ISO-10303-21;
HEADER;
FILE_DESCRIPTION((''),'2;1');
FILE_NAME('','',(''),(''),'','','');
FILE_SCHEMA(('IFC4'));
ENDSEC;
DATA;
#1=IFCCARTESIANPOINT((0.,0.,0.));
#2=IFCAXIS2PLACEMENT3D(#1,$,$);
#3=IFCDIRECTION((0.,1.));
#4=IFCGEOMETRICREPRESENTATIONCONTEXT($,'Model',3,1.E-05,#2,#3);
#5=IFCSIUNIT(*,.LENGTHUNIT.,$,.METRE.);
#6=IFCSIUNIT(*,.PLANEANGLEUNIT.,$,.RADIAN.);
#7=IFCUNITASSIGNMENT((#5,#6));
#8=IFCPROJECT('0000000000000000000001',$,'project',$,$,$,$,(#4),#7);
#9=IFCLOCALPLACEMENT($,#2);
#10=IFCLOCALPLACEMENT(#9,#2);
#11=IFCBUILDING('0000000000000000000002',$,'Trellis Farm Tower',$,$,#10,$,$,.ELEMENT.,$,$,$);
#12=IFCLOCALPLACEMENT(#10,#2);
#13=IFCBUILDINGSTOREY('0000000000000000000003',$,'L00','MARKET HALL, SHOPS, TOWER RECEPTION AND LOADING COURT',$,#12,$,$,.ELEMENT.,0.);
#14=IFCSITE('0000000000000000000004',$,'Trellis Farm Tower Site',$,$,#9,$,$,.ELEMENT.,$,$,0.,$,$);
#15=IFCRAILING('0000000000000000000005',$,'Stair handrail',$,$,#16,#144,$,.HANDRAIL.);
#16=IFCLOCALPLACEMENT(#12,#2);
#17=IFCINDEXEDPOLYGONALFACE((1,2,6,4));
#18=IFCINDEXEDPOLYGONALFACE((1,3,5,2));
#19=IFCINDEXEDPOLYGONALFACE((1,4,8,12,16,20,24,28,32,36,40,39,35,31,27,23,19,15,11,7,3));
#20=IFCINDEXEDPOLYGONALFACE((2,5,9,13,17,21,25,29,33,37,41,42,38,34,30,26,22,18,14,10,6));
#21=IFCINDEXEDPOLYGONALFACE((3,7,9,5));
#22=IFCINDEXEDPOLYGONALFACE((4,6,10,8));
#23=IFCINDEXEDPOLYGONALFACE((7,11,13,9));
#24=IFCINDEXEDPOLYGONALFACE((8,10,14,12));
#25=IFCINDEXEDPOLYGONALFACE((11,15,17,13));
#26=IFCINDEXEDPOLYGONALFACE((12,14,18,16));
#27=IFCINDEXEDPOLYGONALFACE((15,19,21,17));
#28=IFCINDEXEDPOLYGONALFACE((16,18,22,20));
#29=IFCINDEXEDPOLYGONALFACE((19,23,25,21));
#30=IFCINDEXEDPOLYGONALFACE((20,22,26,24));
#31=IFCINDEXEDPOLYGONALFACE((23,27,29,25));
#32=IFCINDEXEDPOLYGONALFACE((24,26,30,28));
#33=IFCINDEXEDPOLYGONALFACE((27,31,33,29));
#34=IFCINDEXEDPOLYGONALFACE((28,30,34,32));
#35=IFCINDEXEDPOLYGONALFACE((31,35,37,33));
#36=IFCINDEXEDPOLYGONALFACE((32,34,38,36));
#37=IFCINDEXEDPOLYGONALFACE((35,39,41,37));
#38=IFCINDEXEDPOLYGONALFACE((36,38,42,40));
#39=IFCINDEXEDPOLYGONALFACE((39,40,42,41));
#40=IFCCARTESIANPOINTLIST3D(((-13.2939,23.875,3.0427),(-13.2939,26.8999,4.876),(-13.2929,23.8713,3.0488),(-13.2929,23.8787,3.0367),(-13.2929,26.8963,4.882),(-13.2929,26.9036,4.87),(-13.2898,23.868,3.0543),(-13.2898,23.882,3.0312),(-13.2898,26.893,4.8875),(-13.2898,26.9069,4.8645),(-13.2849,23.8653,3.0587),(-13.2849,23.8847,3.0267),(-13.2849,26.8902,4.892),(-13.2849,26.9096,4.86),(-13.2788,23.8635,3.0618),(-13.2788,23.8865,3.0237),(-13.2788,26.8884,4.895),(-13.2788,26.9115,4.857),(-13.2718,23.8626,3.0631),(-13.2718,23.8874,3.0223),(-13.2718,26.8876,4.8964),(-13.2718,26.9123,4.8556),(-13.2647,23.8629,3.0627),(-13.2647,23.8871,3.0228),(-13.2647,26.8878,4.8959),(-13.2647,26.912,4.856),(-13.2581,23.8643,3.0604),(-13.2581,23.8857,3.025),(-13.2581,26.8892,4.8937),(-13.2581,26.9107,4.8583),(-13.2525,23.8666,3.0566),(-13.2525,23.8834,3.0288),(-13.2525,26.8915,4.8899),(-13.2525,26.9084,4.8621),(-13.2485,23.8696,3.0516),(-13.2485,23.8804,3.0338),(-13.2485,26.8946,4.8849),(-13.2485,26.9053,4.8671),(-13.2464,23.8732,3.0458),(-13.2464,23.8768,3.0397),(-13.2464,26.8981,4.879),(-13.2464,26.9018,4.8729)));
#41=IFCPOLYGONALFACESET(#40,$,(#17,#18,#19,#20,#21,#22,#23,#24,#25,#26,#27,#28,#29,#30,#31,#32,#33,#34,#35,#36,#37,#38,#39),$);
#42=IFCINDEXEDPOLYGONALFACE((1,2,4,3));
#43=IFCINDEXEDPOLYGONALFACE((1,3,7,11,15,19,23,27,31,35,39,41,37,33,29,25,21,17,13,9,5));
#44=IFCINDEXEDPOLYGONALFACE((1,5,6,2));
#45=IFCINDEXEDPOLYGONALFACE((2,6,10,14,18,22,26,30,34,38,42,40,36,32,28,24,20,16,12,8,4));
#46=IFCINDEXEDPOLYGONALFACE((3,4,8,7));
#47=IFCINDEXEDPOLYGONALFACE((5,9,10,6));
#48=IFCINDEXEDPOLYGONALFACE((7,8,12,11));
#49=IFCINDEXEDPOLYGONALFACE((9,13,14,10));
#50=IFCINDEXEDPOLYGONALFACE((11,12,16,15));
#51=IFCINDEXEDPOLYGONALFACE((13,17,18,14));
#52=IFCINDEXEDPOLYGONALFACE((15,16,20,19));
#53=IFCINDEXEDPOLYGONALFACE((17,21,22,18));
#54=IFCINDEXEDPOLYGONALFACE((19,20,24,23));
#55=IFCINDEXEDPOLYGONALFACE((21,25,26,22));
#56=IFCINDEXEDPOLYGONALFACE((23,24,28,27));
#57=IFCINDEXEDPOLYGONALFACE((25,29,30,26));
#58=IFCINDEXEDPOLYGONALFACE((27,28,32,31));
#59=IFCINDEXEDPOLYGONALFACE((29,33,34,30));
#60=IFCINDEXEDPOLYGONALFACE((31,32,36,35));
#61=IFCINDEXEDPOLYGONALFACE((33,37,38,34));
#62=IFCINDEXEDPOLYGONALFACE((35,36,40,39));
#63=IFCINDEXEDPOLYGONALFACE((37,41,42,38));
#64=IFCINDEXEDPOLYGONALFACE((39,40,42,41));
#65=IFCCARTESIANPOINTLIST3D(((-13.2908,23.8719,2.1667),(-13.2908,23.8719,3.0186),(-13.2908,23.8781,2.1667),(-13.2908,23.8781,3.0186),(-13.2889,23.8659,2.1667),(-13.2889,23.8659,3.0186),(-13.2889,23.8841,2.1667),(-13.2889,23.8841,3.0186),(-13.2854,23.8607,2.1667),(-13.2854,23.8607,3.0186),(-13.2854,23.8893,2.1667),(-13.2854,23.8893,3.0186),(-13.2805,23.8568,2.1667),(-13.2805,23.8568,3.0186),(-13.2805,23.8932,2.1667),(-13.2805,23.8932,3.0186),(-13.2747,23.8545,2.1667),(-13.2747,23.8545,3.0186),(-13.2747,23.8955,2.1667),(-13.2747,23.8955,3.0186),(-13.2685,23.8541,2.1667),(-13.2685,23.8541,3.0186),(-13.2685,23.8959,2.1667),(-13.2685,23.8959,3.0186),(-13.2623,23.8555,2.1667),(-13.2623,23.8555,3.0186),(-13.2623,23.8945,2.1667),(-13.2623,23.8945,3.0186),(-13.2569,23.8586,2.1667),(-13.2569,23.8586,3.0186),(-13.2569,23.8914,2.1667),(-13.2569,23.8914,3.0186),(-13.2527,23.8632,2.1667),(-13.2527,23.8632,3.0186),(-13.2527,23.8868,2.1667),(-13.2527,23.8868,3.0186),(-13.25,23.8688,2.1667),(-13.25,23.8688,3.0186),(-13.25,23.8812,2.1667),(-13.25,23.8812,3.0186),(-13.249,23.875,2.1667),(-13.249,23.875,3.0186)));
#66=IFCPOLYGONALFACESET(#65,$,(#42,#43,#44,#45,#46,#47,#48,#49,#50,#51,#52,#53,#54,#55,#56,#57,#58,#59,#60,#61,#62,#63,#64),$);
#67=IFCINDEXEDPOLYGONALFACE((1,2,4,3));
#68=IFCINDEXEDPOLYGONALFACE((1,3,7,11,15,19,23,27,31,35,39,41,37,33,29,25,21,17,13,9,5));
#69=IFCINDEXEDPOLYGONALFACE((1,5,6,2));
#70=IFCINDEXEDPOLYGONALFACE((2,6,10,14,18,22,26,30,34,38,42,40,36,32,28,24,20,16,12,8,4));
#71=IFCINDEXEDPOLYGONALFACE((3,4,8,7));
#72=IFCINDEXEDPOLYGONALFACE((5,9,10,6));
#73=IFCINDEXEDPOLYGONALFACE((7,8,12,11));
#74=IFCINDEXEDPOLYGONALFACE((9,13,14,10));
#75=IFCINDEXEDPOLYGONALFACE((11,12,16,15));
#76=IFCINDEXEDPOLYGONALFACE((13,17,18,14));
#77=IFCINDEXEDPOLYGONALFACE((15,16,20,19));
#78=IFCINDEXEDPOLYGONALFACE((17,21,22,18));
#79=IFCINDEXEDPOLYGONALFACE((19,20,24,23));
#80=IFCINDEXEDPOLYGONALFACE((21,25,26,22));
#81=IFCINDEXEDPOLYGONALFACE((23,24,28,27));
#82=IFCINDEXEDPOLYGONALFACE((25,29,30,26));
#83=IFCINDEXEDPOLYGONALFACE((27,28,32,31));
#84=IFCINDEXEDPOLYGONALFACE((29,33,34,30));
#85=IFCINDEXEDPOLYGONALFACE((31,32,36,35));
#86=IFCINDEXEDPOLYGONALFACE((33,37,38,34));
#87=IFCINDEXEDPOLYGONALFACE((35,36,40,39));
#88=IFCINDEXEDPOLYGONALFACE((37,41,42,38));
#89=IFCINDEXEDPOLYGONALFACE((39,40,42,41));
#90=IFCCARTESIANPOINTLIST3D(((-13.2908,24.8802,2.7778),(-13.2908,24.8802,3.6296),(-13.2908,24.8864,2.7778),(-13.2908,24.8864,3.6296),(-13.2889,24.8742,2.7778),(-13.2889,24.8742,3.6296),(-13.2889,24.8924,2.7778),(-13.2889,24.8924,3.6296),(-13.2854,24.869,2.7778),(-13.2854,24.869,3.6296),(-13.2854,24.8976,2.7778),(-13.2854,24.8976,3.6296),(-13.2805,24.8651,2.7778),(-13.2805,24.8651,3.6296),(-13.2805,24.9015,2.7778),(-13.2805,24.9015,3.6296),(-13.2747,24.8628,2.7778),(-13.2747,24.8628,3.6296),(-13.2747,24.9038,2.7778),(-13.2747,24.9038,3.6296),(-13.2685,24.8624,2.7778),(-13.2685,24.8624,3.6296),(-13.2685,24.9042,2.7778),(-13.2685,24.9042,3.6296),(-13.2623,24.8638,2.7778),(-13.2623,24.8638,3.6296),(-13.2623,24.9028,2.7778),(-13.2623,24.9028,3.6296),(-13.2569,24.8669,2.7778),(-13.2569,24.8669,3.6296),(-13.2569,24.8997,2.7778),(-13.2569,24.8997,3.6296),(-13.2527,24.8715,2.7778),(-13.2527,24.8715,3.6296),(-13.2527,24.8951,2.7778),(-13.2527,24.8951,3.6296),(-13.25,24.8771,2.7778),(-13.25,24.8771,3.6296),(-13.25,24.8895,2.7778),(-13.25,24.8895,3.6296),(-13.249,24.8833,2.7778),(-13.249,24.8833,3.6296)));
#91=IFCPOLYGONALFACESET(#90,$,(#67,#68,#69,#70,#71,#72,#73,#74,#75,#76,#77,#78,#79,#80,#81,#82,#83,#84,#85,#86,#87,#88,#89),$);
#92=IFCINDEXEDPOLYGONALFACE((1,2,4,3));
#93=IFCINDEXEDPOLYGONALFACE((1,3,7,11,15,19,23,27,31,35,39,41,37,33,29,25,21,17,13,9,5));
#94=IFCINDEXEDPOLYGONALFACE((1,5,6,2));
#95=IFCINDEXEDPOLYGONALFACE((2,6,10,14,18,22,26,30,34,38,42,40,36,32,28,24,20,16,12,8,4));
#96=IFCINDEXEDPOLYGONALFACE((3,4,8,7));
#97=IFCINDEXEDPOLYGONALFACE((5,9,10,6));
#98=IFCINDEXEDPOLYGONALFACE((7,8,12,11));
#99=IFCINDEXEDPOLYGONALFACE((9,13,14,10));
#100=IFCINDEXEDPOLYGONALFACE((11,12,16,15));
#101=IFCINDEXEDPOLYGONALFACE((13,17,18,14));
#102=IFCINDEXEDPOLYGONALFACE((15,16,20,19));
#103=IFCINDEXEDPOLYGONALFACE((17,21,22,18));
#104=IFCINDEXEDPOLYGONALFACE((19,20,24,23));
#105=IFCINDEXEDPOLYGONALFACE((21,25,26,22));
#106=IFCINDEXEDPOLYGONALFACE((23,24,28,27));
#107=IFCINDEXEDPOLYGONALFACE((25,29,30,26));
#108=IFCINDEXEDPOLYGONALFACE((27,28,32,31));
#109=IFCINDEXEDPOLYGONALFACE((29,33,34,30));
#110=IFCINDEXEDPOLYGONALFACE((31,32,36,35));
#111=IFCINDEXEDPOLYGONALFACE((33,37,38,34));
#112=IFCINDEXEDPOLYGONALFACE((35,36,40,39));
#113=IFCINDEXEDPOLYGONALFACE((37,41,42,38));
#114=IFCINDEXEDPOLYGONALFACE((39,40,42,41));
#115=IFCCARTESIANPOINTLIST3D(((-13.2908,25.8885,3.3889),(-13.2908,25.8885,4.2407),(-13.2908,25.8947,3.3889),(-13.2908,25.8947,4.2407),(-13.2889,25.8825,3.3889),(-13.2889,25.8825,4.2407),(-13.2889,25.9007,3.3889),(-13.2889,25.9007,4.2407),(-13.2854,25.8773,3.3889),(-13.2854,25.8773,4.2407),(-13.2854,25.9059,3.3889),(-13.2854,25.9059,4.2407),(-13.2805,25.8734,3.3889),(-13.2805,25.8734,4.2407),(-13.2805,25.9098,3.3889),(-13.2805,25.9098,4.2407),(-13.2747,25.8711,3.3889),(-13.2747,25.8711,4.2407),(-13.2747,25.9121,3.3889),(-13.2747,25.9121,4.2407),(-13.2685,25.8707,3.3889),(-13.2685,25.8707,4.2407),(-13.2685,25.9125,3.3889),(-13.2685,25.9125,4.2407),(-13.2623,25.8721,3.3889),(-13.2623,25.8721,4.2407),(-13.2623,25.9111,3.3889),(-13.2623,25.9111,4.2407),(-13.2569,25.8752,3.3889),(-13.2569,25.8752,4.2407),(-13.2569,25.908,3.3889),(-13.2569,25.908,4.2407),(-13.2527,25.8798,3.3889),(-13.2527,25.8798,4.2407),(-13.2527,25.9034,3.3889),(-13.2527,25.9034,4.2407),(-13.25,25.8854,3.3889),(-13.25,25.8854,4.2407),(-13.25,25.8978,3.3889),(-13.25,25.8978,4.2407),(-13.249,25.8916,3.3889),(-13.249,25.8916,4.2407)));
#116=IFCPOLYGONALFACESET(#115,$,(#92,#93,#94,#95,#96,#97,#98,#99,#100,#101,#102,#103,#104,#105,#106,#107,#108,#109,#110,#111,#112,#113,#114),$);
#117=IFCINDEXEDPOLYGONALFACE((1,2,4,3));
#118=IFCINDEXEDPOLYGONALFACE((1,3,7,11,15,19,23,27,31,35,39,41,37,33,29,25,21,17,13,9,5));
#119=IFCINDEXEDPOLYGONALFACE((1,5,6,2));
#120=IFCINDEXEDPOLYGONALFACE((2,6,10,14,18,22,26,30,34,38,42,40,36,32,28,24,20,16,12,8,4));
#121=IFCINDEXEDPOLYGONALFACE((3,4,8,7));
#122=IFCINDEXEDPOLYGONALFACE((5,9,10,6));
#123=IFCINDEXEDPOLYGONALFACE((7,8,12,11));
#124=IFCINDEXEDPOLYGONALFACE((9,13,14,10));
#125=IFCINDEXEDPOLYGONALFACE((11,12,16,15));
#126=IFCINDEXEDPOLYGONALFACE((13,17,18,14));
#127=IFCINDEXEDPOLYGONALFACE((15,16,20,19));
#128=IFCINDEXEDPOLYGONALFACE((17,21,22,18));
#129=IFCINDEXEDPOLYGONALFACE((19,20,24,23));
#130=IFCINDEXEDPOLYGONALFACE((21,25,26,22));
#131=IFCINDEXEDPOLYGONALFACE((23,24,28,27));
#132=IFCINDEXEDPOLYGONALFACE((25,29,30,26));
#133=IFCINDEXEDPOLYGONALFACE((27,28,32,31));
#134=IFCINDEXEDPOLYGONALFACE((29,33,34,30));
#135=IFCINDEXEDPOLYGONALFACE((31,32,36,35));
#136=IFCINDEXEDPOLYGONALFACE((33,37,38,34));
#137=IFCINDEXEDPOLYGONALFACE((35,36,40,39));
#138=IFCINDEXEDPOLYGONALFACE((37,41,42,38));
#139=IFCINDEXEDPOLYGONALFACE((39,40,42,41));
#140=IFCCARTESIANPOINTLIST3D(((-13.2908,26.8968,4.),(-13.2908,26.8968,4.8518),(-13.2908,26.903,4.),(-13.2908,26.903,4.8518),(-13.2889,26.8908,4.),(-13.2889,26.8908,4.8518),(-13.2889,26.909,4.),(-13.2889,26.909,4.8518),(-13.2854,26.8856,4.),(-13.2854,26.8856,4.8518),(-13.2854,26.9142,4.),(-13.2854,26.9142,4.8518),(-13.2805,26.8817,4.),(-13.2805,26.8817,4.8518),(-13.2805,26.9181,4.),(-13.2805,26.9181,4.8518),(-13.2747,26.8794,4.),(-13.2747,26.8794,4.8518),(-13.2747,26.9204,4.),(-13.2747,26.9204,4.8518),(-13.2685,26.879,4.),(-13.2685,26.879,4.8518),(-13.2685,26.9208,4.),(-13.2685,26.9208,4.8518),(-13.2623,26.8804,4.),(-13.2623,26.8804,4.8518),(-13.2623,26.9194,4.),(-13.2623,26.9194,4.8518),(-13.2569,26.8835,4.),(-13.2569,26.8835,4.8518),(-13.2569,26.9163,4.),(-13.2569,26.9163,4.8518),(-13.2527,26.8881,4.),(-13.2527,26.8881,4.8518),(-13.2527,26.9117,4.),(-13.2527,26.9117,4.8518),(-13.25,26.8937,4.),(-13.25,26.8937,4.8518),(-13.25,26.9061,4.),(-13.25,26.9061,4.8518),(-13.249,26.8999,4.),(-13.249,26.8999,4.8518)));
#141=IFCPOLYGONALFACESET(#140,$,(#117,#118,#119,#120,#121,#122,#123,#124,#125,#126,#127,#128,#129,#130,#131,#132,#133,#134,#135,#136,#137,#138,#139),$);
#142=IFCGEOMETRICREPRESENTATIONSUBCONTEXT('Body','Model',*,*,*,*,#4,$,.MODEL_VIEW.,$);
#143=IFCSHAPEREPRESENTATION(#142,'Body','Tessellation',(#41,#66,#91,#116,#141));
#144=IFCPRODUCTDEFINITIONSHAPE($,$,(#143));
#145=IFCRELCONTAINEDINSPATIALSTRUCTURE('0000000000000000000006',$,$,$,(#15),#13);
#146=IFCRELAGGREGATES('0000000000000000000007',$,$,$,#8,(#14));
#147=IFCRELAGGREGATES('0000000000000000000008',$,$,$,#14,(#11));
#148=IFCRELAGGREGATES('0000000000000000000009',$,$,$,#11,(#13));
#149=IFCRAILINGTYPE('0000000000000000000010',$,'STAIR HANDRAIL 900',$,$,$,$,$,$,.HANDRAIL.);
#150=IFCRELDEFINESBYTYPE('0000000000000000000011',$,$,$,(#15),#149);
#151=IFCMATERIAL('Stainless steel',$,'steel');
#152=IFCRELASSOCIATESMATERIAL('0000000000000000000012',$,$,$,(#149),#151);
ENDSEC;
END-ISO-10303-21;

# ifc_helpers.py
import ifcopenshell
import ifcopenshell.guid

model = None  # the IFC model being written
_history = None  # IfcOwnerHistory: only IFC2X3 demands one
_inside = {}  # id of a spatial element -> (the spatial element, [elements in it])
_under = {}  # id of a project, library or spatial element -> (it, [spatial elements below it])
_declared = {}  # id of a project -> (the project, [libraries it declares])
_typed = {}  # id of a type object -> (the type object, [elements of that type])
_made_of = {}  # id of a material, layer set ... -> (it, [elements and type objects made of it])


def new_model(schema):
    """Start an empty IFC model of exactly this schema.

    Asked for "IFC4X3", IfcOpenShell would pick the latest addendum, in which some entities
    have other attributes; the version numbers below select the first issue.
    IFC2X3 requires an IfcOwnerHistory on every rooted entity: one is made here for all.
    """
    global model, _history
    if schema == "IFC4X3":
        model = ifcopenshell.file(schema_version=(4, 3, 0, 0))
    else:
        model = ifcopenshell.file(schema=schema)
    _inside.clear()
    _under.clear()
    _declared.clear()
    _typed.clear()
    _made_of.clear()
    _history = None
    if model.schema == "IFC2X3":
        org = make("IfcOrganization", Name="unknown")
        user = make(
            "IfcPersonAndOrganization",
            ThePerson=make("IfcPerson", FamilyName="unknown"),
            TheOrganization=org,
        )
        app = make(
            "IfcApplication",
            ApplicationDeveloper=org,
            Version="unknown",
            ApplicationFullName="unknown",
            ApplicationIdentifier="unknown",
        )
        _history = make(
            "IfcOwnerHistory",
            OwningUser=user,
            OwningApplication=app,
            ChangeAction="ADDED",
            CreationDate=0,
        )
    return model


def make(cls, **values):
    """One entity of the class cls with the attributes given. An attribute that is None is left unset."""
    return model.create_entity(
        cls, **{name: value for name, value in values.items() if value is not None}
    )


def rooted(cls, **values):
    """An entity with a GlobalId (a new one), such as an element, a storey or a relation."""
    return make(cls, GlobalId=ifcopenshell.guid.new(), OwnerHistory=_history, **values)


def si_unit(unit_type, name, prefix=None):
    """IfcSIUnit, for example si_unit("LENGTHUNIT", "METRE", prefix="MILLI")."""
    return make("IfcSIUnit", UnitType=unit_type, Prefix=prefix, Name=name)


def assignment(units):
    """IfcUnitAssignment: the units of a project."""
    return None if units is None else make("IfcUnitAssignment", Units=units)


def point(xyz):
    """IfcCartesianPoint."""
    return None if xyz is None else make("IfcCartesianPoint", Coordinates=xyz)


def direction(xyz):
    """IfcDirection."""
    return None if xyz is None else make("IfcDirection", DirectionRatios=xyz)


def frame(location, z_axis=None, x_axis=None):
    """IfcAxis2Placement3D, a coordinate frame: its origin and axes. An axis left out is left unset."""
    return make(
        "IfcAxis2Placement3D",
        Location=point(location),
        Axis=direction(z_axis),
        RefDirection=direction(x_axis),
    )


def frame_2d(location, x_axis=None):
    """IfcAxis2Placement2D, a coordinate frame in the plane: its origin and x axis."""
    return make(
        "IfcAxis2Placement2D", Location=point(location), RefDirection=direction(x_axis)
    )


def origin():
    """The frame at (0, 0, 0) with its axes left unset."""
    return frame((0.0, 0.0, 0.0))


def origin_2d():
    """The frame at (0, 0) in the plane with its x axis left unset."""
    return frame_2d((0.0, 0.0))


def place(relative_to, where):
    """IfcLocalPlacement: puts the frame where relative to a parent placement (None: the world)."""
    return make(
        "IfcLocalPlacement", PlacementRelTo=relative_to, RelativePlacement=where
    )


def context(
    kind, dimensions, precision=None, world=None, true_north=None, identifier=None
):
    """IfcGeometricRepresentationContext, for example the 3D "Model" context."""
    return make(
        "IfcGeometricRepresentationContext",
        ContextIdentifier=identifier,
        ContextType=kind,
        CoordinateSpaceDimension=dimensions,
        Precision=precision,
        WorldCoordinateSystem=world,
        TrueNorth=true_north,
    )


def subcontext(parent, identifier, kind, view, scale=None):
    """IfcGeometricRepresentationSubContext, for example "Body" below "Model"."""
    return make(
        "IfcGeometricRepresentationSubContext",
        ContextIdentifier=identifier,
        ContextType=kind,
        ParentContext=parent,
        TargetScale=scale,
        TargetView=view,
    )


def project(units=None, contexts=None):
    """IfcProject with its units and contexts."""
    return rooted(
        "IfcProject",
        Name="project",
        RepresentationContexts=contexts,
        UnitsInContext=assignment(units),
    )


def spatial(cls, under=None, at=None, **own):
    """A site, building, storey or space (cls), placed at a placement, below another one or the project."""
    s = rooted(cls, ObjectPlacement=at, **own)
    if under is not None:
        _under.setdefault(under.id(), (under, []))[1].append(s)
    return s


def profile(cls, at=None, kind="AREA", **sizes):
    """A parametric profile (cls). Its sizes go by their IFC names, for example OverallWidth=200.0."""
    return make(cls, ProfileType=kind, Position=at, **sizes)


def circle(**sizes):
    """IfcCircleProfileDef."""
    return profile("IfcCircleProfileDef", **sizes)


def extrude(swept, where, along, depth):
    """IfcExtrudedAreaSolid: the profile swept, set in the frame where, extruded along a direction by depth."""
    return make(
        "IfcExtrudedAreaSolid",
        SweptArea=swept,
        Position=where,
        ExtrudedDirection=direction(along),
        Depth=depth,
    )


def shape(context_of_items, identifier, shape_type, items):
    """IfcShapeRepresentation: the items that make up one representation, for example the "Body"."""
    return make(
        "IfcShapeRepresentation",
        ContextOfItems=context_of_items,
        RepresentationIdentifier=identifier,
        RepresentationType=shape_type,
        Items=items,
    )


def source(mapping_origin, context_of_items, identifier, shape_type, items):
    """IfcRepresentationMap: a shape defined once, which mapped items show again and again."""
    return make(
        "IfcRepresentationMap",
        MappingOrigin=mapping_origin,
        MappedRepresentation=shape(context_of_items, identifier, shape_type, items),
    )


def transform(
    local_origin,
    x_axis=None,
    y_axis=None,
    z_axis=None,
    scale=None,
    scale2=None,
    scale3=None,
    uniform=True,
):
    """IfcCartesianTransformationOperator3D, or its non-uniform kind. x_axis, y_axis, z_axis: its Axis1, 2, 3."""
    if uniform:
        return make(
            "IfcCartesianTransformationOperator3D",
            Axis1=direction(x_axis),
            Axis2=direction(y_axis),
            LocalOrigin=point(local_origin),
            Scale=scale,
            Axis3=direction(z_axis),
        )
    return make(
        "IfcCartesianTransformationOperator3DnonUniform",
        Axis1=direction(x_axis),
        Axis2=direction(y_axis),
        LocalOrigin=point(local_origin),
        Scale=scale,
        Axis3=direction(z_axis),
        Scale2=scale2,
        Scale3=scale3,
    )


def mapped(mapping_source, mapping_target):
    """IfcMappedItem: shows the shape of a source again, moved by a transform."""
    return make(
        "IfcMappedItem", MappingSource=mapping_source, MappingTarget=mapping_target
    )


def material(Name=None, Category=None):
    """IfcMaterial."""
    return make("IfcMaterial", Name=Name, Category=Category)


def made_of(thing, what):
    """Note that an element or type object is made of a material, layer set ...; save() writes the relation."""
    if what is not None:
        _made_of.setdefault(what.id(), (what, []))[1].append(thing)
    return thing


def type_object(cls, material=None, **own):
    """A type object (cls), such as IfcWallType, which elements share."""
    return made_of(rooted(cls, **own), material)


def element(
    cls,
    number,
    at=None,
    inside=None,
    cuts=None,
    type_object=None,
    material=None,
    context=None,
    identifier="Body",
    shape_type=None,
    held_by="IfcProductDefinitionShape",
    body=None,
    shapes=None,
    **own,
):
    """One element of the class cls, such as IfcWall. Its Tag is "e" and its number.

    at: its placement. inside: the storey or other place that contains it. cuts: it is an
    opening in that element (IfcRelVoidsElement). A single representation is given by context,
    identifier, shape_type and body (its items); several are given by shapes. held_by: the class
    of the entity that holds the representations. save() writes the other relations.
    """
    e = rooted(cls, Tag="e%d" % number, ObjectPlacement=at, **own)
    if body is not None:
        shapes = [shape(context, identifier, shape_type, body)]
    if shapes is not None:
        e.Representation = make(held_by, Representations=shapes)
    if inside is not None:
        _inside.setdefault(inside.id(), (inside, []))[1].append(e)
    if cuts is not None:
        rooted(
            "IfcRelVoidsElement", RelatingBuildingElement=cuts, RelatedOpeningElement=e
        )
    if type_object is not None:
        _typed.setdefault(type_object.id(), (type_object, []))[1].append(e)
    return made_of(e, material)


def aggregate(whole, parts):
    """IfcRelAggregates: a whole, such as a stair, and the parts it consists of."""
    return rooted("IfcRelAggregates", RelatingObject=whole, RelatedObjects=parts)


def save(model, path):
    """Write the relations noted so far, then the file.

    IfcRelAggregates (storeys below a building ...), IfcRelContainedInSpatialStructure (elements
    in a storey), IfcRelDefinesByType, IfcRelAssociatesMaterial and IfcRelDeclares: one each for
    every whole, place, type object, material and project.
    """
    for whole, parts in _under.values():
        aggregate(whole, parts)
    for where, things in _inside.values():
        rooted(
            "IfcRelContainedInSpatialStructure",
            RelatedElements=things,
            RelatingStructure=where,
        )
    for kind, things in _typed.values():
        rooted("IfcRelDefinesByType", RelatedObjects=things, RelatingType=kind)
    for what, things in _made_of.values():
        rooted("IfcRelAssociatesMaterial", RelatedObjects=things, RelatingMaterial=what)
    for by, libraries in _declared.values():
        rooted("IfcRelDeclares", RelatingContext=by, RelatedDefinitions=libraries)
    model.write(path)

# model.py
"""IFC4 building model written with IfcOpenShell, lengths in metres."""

from ifc_helpers import new_model, si_unit, direction, frame, origin, origin_2d, place, context, subcontext, project, spatial, circle, extrude, source, transform, mapped, material, type_object, element, save


model = new_model("IFC4")

# Units and contexts
model_context = context("Model", 3, precision=1e-05, world=origin(), true_north=direction((0.0, 1.0)))
body_context = subcontext(model_context, "Body", "Model", "MODEL_VIEW")
ifc_project = project(units=[si_unit("LENGTHUNIT", "METRE"), si_unit("PLANEANGLEUNIT", "RADIAN")], contexts=[model_context])

# Site, building, storey
site_placement = place(None, origin())
site = spatial("IfcSite", under=ifc_project, at=site_placement, Name="Trellis Farm Tower Site", CompositionType="ELEMENT", RefElevation=0.0)
building_placement = place(site_placement, origin())
building = spatial("IfcBuilding", under=site, at=building_placement, Name="Trellis Farm Tower", CompositionType="ELEMENT")
storey_placement = place(building_placement, origin())
storey = spatial("IfcBuildingStorey", under=building, at=storey_placement, Name="L00", Description="MARKET HALL, SHOPS, TOWER RECEPTION AND LOADING COURT", CompositionType="ELEMENT", Elevation=0.0)

# Railing
ifc_material_1 = material(Name="Stainless steel", Category="steel")
railing_type = type_object("IfcRailingType", Name="STAIR HANDRAIL 900", PredefinedType="HANDRAIL", material=ifc_material_1)
shared_shape_1 = source(origin(), body_context, "Body", "SweptSolid", [
    extrude(circle(Radius=0.0239, at=origin_2d()), frame((0.0, 0.0, 0.876), z_axis=(0.0, 0.855201, 0.518297), x_axis=(-1.0, 0.0, 0.0)), (0.0, 0.0, 1.0), 3.5371),
    extrude(circle(Radius=0.021, at=origin_2d()), origin(), (0.0, 0.0, 1.0), 0.8518),
    extrude(circle(Radius=0.021, at=origin_2d()), frame((0.0, 1.0083, 0.6111)), (0.0, 0.0, 1.0), 0.8518),
    extrude(circle(Radius=0.021, at=origin_2d()), frame((0.0, 2.0166, 1.2222)), (0.0, 0.0, 1.0), 0.8518),
    extrude(circle(Radius=0.021, at=origin_2d()), frame((0.0, 3.0249, 1.8333)), (0.0, 0.0, 1.0), 0.8518),
])
for number, where, name in (
    (1, (-13.27, 23.875, 2.1667), "Stair handrail"),
):
    element("IfcRailing", number, at=place(storey_placement, frame(where)), inside=storey, type_object=railing_type, Name=name, PredefinedType="HANDRAIL", context=body_context, shape_type="MappedRepresentation", body=[
        mapped(shared_shape_1, transform((0.0, 0.0, 0.0))),
    ])

save(model, "model.ifc")
